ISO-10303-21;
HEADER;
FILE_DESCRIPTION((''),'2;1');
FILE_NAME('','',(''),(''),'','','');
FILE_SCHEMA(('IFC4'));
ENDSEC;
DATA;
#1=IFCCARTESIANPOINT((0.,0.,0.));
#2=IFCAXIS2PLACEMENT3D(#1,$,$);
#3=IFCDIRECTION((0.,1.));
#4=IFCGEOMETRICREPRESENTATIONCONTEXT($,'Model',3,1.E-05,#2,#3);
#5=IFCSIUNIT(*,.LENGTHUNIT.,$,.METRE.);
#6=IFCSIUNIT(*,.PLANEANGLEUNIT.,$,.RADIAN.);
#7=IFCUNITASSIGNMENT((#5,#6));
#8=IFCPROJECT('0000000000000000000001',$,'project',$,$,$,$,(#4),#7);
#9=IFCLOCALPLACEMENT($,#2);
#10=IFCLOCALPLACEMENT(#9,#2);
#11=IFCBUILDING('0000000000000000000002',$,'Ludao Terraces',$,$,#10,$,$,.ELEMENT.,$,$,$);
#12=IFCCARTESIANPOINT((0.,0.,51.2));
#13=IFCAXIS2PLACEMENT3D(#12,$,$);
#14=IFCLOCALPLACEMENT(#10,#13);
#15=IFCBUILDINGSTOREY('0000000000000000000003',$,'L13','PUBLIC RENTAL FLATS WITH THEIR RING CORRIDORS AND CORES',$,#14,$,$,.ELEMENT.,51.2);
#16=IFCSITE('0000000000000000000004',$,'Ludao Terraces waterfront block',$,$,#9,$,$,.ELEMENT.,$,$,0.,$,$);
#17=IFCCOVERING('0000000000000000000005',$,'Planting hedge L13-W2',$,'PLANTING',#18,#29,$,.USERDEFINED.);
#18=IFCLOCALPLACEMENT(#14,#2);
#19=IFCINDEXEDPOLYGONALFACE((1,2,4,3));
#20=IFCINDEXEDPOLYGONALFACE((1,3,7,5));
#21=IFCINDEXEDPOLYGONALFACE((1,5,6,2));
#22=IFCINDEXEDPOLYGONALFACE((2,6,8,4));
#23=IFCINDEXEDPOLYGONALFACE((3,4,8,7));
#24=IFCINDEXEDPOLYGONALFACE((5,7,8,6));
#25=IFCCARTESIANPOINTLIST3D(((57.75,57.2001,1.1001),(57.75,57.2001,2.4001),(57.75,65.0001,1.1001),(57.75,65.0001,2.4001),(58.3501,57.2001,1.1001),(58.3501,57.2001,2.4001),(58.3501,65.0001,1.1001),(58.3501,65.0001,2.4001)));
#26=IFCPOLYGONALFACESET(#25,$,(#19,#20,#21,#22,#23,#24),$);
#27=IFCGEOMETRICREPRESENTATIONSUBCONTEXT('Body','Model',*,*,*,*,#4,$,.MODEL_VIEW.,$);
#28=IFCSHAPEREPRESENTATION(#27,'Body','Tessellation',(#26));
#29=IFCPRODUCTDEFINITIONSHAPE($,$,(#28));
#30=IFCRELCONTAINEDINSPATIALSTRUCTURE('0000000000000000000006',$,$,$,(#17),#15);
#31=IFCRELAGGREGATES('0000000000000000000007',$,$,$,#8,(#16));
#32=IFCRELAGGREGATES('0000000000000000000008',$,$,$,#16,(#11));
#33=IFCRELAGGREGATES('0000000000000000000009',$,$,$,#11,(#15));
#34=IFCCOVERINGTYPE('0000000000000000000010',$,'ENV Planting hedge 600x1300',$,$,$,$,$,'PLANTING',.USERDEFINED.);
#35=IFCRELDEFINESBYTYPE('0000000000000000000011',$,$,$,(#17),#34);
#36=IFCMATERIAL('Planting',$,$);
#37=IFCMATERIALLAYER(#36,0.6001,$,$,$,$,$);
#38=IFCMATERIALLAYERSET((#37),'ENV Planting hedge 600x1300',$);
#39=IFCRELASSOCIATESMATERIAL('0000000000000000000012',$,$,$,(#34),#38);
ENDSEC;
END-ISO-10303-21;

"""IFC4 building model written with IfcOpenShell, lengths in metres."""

from ifc_helpers import new_model, si_unit, direction, frame, origin, origin_2d, place, context, subcontext, project, spatial, rectangle, extrude, material, layer, layer_set, type_object, element, save


model = new_model("IFC4")

# Units and contexts
model_context = context("Model", 3, precision=1e-05, world=origin(), true_north=direction((0.0, 1.0)))
body_context = subcontext(model_context, "Body", "Model", "MODEL_VIEW")
ifc_project = project(units=[si_unit("LENGTHUNIT", "METRE"), si_unit("PLANEANGLEUNIT", "RADIAN")], contexts=[model_context])

# Site, building, storey
site_placement = place(None, origin())
site = spatial("IfcSite", under=ifc_project, at=site_placement, Name="Ludao Terraces waterfront block", CompositionType="ELEMENT", RefElevation=0.0)
building_placement = place(site_placement, origin())
building = spatial("IfcBuilding", under=site, at=building_placement, Name="Ludao Terraces", CompositionType="ELEMENT")
storey_placement = place(building_placement, frame((0.0, 0.0, 51.2)))
storey = spatial("IfcBuildingStorey", under=building, at=storey_placement, Name="L13", Description="PUBLIC RENTAL FLATS WITH THEIR RING CORRIDORS AND CORES", CompositionType="ELEMENT", Elevation=51.2)

# Covering
ifc_material_1 = material(Name="Planting")
ifc_layer_1 = layer(ifc_material_1, 0.6001)
ifc_layer_set_1 = layer_set([ifc_layer_1], Name="ENV Planting hedge 600x1300")
covering_type = type_object("IfcCoveringType", Name="ENV Planting hedge 600x1300", ElementType="PLANTING", PredefinedType="USERDEFINED", material=ifc_layer_set_1)
covering_placement = place(storey_placement, frame((58.05, 61.1001, 1.1001), z_axis=(0.0, 0.0, 1.0), x_axis=(1.0, 0.0, 0.0)))
element("IfcCovering", 1, at=covering_placement, inside=storey, type_object=covering_type, Name="Planting hedge L13-W2", ObjectType="PLANTING", PredefinedType="USERDEFINED", context=body_context, shape_type="SweptSolid", body=[
    extrude(rectangle(XDim=0.6001, YDim=7.8, at=origin_2d()), origin(), (0.0, 0.0, 1.0), 1.3),
])

save(model, "model.ifc")
